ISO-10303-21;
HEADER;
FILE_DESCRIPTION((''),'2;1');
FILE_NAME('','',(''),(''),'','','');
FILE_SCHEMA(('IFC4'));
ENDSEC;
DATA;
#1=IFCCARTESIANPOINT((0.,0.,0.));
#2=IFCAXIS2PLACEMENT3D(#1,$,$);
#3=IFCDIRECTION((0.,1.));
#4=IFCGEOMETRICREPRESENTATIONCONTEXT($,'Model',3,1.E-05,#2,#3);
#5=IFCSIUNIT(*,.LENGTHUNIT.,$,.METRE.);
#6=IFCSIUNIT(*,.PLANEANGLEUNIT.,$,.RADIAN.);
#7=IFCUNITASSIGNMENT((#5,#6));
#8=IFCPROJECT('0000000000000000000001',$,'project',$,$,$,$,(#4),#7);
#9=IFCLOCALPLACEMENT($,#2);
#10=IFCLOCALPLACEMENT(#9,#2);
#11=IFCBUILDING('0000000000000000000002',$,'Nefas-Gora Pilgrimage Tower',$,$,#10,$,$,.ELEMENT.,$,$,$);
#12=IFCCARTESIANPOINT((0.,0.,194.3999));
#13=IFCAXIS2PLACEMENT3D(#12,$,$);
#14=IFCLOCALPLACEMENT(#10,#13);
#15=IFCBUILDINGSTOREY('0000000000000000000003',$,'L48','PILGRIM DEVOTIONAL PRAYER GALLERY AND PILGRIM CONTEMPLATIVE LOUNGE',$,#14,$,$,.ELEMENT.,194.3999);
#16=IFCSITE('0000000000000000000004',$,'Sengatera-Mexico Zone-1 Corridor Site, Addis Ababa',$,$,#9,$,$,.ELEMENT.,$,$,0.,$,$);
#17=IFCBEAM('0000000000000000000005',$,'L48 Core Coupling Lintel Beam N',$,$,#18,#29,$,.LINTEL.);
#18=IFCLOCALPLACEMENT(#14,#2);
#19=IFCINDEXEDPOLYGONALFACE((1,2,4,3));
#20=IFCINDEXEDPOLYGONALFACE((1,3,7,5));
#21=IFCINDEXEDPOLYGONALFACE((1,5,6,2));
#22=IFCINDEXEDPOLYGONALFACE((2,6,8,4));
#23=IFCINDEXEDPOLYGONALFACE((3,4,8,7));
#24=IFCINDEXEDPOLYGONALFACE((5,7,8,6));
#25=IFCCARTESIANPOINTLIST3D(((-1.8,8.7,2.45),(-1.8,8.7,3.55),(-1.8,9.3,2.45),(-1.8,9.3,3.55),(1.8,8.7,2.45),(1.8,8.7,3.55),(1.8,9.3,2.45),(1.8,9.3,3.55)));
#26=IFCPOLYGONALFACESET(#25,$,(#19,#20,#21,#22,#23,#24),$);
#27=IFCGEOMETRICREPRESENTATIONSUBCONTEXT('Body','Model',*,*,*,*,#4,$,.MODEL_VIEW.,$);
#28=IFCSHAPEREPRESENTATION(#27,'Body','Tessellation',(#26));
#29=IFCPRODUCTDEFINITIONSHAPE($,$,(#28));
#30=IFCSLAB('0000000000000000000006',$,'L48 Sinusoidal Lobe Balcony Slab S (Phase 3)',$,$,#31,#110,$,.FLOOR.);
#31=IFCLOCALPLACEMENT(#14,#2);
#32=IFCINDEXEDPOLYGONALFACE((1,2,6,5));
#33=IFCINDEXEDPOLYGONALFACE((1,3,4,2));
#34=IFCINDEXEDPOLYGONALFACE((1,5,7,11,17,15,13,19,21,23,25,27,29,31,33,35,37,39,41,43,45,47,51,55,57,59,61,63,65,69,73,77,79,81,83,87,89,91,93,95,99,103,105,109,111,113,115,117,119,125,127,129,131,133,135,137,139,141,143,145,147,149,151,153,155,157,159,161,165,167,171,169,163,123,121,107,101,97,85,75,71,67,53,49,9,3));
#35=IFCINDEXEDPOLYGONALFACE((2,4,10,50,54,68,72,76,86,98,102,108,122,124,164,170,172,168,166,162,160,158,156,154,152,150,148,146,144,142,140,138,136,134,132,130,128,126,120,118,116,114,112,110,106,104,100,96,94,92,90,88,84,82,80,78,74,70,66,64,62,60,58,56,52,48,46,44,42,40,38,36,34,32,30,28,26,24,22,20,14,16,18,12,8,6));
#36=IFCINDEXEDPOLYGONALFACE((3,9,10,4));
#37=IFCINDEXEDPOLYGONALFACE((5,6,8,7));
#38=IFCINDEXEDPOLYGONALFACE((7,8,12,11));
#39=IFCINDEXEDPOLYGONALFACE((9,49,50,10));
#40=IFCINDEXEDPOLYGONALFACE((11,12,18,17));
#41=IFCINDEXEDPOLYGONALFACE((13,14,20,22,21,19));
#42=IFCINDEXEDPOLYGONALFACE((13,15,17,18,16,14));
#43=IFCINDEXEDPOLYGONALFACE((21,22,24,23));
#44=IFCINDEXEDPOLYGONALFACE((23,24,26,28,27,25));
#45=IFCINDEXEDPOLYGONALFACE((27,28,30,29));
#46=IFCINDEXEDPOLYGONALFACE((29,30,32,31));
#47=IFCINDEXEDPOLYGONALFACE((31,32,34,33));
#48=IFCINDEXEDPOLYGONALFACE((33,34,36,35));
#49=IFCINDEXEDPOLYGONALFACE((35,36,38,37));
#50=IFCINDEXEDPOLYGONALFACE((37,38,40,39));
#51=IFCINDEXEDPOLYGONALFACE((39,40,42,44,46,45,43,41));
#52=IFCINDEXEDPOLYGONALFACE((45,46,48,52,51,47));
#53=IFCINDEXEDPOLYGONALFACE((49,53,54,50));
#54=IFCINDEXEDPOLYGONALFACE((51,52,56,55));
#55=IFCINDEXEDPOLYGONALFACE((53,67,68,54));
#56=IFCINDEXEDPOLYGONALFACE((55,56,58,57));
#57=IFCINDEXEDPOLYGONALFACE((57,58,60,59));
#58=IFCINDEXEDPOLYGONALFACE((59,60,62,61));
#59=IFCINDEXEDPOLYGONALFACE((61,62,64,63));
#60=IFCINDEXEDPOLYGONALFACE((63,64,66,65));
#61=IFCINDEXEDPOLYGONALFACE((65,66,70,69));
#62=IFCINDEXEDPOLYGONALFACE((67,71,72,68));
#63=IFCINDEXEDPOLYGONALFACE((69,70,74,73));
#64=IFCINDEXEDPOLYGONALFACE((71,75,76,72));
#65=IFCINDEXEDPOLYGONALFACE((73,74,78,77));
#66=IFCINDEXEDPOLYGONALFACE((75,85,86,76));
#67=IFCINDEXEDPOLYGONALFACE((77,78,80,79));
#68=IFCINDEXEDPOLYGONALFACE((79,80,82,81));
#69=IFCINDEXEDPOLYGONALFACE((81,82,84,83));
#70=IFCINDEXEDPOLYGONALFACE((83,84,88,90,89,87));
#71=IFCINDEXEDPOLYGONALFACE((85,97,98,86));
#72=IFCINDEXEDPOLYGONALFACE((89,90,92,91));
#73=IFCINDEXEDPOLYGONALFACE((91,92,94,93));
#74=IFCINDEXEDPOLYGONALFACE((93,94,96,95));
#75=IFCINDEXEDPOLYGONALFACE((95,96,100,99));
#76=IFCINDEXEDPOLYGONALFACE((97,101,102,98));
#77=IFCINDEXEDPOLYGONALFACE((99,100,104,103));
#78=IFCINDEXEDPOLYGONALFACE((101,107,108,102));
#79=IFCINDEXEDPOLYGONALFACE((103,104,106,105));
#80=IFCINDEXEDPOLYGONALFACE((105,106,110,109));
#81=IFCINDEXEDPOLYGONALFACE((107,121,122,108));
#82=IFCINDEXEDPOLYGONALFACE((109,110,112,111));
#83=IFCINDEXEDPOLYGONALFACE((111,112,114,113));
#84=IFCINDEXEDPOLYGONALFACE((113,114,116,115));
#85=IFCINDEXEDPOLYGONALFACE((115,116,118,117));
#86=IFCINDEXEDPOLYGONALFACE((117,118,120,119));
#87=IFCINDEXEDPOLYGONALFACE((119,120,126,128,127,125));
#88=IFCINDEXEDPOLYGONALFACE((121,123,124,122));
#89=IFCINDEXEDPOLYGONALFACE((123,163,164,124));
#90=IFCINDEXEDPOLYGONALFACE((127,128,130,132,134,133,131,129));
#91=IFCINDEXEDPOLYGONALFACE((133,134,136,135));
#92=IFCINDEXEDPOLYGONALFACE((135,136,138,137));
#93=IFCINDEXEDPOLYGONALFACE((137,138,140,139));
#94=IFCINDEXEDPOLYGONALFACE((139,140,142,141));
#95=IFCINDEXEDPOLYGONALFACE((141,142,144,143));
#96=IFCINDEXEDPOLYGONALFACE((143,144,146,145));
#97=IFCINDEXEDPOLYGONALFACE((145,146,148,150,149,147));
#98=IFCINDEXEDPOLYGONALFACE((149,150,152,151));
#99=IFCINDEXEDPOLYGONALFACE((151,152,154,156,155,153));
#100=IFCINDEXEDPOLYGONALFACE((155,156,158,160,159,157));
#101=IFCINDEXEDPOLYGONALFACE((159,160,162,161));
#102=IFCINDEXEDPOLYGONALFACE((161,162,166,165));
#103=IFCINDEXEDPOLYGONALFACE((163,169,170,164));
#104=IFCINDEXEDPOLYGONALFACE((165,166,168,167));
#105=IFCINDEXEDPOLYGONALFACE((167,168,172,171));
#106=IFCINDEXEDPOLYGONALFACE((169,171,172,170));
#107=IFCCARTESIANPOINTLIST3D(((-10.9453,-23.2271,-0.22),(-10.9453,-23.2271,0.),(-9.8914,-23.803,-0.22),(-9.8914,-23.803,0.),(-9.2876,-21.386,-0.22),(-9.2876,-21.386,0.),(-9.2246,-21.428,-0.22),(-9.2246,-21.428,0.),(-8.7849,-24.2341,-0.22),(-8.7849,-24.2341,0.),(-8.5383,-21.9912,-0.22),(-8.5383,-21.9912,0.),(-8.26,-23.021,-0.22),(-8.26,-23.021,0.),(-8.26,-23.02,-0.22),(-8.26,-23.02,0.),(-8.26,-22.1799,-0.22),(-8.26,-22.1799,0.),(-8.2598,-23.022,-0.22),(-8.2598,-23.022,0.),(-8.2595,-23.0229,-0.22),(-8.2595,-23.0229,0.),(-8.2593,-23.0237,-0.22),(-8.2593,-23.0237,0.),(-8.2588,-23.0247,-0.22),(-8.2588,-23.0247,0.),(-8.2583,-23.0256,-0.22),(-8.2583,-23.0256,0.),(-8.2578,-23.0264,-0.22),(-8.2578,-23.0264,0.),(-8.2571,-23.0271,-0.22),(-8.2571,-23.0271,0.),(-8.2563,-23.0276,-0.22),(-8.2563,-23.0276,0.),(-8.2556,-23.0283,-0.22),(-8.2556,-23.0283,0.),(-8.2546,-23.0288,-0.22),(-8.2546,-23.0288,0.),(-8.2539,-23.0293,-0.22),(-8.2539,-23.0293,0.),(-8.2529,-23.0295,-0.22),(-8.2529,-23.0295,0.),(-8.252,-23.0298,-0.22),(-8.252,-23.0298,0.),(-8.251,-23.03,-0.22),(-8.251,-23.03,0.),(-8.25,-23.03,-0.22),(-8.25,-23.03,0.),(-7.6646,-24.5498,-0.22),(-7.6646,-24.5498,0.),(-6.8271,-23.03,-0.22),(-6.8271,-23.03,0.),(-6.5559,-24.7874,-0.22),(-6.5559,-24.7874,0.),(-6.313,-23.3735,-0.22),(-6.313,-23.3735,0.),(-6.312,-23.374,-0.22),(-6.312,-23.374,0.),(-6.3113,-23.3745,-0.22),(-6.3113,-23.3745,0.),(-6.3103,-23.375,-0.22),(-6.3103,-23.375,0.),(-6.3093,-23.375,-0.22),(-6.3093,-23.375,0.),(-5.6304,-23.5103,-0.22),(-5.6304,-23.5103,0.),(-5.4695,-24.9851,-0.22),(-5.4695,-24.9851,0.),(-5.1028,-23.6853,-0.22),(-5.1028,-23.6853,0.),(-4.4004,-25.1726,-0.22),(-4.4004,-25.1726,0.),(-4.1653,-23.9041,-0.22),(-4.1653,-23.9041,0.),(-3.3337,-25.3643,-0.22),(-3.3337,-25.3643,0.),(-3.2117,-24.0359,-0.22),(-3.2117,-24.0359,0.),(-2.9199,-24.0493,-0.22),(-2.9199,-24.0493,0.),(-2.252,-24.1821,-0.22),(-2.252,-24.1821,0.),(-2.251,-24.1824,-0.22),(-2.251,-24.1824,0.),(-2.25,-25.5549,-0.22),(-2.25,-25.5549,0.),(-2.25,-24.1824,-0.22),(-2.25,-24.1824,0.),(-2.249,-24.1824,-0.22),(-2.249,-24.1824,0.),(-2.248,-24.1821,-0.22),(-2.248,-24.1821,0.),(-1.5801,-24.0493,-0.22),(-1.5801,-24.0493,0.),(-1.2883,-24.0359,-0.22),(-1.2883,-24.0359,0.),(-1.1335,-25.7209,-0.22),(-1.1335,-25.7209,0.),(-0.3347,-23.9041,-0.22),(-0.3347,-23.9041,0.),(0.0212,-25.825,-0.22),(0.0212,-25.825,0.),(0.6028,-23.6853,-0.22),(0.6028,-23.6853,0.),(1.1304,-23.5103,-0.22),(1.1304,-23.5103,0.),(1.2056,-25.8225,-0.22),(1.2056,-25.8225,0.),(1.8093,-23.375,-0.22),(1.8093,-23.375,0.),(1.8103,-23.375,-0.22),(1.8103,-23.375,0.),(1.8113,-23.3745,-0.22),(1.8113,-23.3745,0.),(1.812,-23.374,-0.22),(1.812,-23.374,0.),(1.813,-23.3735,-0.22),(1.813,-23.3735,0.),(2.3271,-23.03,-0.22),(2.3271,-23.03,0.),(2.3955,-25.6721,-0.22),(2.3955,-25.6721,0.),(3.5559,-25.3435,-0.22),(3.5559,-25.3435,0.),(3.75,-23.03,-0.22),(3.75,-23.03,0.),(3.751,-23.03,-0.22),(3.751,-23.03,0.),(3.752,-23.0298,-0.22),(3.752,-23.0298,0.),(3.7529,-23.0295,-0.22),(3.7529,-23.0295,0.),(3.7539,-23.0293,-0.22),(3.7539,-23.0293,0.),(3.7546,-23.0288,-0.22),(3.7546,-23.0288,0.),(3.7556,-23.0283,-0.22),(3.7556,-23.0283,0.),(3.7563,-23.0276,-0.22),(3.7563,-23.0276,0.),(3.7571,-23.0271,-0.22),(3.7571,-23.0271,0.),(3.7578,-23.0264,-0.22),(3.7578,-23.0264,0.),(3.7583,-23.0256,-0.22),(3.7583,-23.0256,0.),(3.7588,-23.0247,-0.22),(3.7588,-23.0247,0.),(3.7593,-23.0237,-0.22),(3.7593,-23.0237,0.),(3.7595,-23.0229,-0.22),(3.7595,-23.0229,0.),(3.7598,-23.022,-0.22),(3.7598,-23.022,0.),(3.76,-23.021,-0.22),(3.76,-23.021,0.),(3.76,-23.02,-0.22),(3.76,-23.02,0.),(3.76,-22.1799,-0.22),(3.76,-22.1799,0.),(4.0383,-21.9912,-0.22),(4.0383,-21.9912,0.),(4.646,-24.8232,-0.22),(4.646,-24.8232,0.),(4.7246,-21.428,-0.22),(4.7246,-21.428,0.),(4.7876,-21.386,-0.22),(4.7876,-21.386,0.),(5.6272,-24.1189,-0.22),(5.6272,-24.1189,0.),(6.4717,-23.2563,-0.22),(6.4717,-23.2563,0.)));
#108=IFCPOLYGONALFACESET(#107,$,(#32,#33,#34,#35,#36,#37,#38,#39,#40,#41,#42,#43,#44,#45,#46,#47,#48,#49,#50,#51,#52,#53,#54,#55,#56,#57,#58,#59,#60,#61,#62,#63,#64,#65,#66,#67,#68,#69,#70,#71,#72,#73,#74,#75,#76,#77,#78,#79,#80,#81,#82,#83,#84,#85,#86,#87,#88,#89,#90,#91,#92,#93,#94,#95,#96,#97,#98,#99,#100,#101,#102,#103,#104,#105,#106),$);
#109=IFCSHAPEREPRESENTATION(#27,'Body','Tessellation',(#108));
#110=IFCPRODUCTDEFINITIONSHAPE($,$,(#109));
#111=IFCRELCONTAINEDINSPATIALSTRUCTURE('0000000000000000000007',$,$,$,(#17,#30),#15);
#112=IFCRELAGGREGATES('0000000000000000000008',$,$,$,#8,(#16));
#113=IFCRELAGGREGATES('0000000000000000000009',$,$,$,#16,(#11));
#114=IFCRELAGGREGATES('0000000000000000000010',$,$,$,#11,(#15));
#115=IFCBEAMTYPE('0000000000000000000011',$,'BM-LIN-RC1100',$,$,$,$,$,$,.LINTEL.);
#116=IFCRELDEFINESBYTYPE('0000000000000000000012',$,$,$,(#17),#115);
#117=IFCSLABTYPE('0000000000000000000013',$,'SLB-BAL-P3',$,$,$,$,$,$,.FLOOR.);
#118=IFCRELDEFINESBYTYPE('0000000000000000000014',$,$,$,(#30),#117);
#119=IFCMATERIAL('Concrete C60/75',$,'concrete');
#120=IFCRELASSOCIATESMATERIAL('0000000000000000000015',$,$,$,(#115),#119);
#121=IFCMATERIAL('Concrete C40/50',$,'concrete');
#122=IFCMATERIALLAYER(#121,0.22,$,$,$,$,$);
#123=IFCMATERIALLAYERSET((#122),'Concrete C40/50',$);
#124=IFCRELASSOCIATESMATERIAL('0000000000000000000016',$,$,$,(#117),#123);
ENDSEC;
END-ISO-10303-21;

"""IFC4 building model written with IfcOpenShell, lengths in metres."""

from ifc_helpers import new_model, si_unit, direction, frame, origin, origin_2d, place, context, subcontext, project, spatial, polyline, rectangle, outline, extrude, source, transform, mapped, material, layer, layer_set, material_profile, profile_set, type_object, element, save


model = new_model("IFC4")

# Units and contexts
model_context = context("Model", 3, precision=1e-05, world=origin(), true_north=direction((0.0, 1.0)))
body_context = subcontext(model_context, "Body", "Model", "MODEL_VIEW")
ifc_project = project(units=[si_unit("LENGTHUNIT", "METRE"), si_unit("PLANEANGLEUNIT", "RADIAN")], contexts=[model_context])

# Site, building, storey
site_placement = place(None, origin())
site = spatial("IfcSite", under=ifc_project, at=site_placement, Name="Sengatera-Mexico Zone-1 Corridor Site, Addis Ababa", CompositionType="ELEMENT", RefElevation=0.0)
building_placement = place(site_placement, origin())
building = spatial("IfcBuilding", under=site, at=building_placement, Name="Nefas-Gora Pilgrimage Tower", CompositionType="ELEMENT")
storey_placement = place(building_placement, frame((0.0, 0.0, 194.3999)))
storey = spatial("IfcBuildingStorey", under=building, at=storey_placement, Name="L48", Description="PILGRIM DEVOTIONAL PRAYER GALLERY AND PILGRIM CONTEMPLATIVE LOUNGE", CompositionType="ELEMENT", Elevation=194.3999)

# Beam
ifc_material_1 = material(Name="Concrete C60/75", Category="concrete")
ifc_material_profile = material_profile(ifc_material_1, rectangle(XDim=0.6001, YDim=1.1001, at=origin_2d()), Name="RC 600x1100")
ifc_profile_set = profile_set([ifc_material_profile], Name="Concrete C60/75")
beam_type = type_object("IfcBeamType", Name="BM-LIN-RC1100", PredefinedType="LINTEL", material=ifc_profile_set)
shared_shape_1 = source(origin(), body_context, "Body", "SweptSolid", [
    extrude(rectangle(XDim=0.6001, YDim=1.1001, at=origin_2d()), origin(), (0.0, 0.0, 1.0), 3.6001),
])
beam_placement = place(storey_placement, frame((-1.8, 9.0, 3.0), z_axis=(1.0, 0.0, 0.0), x_axis=(0.0, 1.0, 0.0)))
element("IfcBeam", 1, at=beam_placement, inside=storey, type_object=beam_type, Name="L48 Core Coupling Lintel Beam N", PredefinedType="LINTEL", context=body_context, shape_type="MappedRepresentation", body=[
    mapped(shared_shape_1, transform((0.0, 0.0, 0.0), x_axis=(1.0, 0.0, 0.0), y_axis=(0.0, 1.0, 0.0), z_axis=(0.0, 0.0, 1.0), scale=1.0)),
])

# Slab
ifc_material_2 = material(Name="Concrete C40/50", Category="concrete")
ifc_layer_1 = layer(ifc_material_2, 0.22)
ifc_layer_set_1 = layer_set([ifc_layer_1], Name="Concrete C40/50")
slab_type_1 = type_object("IfcSlabType", Name="SLB-BAL-P3", PredefinedType="FLOOR", material=ifc_layer_set_1)
slab_1_placement = place(storey_placement, frame((0.0, 0.0, -0.22)))
element("IfcSlab", 2, at=slab_1_placement, inside=storey, type_object=slab_type_1, Name="L48 Sinusoidal Lobe Balcony Slab S (Phase 3)", PredefinedType="FLOOR", context=body_context, shape_type="SweptSolid", body=[
    extrude(outline(polyline([(4.7876, -21.386), (4.7246, -21.428), (4.0383, -21.9912), (3.76, -22.1799), (3.76, -23.02), (3.76, -23.021), (3.7598, -23.022), (3.7595, -23.0229), (3.7593, -23.0237), (3.7588, -23.0247), (3.7583, -23.0256), (3.7578, -23.0264), (3.7571, -23.0271), (3.7563, -23.0276), (3.7556, -23.0283), (3.7546, -23.0288), (3.7539, -23.0293), (3.7529, -23.0295), (3.752, -23.0298), (3.751, -23.03), (3.75, -23.03), (2.3271, -23.03), (1.813, -23.3735), (1.812, -23.374), (1.8113, -23.3745), (1.8103, -23.375), (1.8093, -23.375), (1.1304, -23.5103), (0.6028, -23.6853), (-0.3347, -23.9041), (-1.2883, -24.0359), (-1.5801, -24.0493), (-2.248, -24.1821), (-2.249, -24.1824), (-2.25, -24.1824), (-2.251, -24.1824), (-2.252, -24.1821), (-2.9199, -24.0493), (-3.2117, -24.0359), (-4.1653, -23.9041), (-5.1028, -23.6853), (-5.6304, -23.5103), (-6.3093, -23.375), (-6.3103, -23.375), (-6.3113, -23.3745), (-6.312, -23.374), (-6.313, -23.3735), (-6.8271, -23.03), (-8.25, -23.03), (-8.251, -23.03), (-8.252, -23.0298), (-8.2529, -23.0295), (-8.2539, -23.0293), (-8.2546, -23.0288), (-8.2556, -23.0283), (-8.2563, -23.0276), (-8.2571, -23.0271), (-8.2578, -23.0264), (-8.2583, -23.0256), (-8.2588, -23.0247), (-8.2593, -23.0237), (-8.2595, -23.0229), (-8.2598, -23.022), (-8.26, -23.021), (-8.26, -23.02), (-8.26, -22.1799), (-8.5383, -21.9912), (-9.2246, -21.428), (-9.2876, -21.386), (-10.9453, -23.2271), (-9.8914, -23.803), (-8.7849, -24.2341), (-7.6646, -24.5498), (-6.5559, -24.7874), (-5.4695, -24.9851), (-4.4004, -25.1726), (-3.3337, -25.3643), (-2.25, -25.5549), (-1.1335, -25.7209), (0.0212, -25.825), (1.2056, -25.8225), (2.3955, -25.6721), (3.5559, -25.3435), (4.646, -24.8232), (5.6272, -24.1189), (6.4717, -23.2563), (4.7876, -21.386)])), origin(), (0.0, 0.0, 1.0), 0.22),
])

save(model, "model.ifc")
